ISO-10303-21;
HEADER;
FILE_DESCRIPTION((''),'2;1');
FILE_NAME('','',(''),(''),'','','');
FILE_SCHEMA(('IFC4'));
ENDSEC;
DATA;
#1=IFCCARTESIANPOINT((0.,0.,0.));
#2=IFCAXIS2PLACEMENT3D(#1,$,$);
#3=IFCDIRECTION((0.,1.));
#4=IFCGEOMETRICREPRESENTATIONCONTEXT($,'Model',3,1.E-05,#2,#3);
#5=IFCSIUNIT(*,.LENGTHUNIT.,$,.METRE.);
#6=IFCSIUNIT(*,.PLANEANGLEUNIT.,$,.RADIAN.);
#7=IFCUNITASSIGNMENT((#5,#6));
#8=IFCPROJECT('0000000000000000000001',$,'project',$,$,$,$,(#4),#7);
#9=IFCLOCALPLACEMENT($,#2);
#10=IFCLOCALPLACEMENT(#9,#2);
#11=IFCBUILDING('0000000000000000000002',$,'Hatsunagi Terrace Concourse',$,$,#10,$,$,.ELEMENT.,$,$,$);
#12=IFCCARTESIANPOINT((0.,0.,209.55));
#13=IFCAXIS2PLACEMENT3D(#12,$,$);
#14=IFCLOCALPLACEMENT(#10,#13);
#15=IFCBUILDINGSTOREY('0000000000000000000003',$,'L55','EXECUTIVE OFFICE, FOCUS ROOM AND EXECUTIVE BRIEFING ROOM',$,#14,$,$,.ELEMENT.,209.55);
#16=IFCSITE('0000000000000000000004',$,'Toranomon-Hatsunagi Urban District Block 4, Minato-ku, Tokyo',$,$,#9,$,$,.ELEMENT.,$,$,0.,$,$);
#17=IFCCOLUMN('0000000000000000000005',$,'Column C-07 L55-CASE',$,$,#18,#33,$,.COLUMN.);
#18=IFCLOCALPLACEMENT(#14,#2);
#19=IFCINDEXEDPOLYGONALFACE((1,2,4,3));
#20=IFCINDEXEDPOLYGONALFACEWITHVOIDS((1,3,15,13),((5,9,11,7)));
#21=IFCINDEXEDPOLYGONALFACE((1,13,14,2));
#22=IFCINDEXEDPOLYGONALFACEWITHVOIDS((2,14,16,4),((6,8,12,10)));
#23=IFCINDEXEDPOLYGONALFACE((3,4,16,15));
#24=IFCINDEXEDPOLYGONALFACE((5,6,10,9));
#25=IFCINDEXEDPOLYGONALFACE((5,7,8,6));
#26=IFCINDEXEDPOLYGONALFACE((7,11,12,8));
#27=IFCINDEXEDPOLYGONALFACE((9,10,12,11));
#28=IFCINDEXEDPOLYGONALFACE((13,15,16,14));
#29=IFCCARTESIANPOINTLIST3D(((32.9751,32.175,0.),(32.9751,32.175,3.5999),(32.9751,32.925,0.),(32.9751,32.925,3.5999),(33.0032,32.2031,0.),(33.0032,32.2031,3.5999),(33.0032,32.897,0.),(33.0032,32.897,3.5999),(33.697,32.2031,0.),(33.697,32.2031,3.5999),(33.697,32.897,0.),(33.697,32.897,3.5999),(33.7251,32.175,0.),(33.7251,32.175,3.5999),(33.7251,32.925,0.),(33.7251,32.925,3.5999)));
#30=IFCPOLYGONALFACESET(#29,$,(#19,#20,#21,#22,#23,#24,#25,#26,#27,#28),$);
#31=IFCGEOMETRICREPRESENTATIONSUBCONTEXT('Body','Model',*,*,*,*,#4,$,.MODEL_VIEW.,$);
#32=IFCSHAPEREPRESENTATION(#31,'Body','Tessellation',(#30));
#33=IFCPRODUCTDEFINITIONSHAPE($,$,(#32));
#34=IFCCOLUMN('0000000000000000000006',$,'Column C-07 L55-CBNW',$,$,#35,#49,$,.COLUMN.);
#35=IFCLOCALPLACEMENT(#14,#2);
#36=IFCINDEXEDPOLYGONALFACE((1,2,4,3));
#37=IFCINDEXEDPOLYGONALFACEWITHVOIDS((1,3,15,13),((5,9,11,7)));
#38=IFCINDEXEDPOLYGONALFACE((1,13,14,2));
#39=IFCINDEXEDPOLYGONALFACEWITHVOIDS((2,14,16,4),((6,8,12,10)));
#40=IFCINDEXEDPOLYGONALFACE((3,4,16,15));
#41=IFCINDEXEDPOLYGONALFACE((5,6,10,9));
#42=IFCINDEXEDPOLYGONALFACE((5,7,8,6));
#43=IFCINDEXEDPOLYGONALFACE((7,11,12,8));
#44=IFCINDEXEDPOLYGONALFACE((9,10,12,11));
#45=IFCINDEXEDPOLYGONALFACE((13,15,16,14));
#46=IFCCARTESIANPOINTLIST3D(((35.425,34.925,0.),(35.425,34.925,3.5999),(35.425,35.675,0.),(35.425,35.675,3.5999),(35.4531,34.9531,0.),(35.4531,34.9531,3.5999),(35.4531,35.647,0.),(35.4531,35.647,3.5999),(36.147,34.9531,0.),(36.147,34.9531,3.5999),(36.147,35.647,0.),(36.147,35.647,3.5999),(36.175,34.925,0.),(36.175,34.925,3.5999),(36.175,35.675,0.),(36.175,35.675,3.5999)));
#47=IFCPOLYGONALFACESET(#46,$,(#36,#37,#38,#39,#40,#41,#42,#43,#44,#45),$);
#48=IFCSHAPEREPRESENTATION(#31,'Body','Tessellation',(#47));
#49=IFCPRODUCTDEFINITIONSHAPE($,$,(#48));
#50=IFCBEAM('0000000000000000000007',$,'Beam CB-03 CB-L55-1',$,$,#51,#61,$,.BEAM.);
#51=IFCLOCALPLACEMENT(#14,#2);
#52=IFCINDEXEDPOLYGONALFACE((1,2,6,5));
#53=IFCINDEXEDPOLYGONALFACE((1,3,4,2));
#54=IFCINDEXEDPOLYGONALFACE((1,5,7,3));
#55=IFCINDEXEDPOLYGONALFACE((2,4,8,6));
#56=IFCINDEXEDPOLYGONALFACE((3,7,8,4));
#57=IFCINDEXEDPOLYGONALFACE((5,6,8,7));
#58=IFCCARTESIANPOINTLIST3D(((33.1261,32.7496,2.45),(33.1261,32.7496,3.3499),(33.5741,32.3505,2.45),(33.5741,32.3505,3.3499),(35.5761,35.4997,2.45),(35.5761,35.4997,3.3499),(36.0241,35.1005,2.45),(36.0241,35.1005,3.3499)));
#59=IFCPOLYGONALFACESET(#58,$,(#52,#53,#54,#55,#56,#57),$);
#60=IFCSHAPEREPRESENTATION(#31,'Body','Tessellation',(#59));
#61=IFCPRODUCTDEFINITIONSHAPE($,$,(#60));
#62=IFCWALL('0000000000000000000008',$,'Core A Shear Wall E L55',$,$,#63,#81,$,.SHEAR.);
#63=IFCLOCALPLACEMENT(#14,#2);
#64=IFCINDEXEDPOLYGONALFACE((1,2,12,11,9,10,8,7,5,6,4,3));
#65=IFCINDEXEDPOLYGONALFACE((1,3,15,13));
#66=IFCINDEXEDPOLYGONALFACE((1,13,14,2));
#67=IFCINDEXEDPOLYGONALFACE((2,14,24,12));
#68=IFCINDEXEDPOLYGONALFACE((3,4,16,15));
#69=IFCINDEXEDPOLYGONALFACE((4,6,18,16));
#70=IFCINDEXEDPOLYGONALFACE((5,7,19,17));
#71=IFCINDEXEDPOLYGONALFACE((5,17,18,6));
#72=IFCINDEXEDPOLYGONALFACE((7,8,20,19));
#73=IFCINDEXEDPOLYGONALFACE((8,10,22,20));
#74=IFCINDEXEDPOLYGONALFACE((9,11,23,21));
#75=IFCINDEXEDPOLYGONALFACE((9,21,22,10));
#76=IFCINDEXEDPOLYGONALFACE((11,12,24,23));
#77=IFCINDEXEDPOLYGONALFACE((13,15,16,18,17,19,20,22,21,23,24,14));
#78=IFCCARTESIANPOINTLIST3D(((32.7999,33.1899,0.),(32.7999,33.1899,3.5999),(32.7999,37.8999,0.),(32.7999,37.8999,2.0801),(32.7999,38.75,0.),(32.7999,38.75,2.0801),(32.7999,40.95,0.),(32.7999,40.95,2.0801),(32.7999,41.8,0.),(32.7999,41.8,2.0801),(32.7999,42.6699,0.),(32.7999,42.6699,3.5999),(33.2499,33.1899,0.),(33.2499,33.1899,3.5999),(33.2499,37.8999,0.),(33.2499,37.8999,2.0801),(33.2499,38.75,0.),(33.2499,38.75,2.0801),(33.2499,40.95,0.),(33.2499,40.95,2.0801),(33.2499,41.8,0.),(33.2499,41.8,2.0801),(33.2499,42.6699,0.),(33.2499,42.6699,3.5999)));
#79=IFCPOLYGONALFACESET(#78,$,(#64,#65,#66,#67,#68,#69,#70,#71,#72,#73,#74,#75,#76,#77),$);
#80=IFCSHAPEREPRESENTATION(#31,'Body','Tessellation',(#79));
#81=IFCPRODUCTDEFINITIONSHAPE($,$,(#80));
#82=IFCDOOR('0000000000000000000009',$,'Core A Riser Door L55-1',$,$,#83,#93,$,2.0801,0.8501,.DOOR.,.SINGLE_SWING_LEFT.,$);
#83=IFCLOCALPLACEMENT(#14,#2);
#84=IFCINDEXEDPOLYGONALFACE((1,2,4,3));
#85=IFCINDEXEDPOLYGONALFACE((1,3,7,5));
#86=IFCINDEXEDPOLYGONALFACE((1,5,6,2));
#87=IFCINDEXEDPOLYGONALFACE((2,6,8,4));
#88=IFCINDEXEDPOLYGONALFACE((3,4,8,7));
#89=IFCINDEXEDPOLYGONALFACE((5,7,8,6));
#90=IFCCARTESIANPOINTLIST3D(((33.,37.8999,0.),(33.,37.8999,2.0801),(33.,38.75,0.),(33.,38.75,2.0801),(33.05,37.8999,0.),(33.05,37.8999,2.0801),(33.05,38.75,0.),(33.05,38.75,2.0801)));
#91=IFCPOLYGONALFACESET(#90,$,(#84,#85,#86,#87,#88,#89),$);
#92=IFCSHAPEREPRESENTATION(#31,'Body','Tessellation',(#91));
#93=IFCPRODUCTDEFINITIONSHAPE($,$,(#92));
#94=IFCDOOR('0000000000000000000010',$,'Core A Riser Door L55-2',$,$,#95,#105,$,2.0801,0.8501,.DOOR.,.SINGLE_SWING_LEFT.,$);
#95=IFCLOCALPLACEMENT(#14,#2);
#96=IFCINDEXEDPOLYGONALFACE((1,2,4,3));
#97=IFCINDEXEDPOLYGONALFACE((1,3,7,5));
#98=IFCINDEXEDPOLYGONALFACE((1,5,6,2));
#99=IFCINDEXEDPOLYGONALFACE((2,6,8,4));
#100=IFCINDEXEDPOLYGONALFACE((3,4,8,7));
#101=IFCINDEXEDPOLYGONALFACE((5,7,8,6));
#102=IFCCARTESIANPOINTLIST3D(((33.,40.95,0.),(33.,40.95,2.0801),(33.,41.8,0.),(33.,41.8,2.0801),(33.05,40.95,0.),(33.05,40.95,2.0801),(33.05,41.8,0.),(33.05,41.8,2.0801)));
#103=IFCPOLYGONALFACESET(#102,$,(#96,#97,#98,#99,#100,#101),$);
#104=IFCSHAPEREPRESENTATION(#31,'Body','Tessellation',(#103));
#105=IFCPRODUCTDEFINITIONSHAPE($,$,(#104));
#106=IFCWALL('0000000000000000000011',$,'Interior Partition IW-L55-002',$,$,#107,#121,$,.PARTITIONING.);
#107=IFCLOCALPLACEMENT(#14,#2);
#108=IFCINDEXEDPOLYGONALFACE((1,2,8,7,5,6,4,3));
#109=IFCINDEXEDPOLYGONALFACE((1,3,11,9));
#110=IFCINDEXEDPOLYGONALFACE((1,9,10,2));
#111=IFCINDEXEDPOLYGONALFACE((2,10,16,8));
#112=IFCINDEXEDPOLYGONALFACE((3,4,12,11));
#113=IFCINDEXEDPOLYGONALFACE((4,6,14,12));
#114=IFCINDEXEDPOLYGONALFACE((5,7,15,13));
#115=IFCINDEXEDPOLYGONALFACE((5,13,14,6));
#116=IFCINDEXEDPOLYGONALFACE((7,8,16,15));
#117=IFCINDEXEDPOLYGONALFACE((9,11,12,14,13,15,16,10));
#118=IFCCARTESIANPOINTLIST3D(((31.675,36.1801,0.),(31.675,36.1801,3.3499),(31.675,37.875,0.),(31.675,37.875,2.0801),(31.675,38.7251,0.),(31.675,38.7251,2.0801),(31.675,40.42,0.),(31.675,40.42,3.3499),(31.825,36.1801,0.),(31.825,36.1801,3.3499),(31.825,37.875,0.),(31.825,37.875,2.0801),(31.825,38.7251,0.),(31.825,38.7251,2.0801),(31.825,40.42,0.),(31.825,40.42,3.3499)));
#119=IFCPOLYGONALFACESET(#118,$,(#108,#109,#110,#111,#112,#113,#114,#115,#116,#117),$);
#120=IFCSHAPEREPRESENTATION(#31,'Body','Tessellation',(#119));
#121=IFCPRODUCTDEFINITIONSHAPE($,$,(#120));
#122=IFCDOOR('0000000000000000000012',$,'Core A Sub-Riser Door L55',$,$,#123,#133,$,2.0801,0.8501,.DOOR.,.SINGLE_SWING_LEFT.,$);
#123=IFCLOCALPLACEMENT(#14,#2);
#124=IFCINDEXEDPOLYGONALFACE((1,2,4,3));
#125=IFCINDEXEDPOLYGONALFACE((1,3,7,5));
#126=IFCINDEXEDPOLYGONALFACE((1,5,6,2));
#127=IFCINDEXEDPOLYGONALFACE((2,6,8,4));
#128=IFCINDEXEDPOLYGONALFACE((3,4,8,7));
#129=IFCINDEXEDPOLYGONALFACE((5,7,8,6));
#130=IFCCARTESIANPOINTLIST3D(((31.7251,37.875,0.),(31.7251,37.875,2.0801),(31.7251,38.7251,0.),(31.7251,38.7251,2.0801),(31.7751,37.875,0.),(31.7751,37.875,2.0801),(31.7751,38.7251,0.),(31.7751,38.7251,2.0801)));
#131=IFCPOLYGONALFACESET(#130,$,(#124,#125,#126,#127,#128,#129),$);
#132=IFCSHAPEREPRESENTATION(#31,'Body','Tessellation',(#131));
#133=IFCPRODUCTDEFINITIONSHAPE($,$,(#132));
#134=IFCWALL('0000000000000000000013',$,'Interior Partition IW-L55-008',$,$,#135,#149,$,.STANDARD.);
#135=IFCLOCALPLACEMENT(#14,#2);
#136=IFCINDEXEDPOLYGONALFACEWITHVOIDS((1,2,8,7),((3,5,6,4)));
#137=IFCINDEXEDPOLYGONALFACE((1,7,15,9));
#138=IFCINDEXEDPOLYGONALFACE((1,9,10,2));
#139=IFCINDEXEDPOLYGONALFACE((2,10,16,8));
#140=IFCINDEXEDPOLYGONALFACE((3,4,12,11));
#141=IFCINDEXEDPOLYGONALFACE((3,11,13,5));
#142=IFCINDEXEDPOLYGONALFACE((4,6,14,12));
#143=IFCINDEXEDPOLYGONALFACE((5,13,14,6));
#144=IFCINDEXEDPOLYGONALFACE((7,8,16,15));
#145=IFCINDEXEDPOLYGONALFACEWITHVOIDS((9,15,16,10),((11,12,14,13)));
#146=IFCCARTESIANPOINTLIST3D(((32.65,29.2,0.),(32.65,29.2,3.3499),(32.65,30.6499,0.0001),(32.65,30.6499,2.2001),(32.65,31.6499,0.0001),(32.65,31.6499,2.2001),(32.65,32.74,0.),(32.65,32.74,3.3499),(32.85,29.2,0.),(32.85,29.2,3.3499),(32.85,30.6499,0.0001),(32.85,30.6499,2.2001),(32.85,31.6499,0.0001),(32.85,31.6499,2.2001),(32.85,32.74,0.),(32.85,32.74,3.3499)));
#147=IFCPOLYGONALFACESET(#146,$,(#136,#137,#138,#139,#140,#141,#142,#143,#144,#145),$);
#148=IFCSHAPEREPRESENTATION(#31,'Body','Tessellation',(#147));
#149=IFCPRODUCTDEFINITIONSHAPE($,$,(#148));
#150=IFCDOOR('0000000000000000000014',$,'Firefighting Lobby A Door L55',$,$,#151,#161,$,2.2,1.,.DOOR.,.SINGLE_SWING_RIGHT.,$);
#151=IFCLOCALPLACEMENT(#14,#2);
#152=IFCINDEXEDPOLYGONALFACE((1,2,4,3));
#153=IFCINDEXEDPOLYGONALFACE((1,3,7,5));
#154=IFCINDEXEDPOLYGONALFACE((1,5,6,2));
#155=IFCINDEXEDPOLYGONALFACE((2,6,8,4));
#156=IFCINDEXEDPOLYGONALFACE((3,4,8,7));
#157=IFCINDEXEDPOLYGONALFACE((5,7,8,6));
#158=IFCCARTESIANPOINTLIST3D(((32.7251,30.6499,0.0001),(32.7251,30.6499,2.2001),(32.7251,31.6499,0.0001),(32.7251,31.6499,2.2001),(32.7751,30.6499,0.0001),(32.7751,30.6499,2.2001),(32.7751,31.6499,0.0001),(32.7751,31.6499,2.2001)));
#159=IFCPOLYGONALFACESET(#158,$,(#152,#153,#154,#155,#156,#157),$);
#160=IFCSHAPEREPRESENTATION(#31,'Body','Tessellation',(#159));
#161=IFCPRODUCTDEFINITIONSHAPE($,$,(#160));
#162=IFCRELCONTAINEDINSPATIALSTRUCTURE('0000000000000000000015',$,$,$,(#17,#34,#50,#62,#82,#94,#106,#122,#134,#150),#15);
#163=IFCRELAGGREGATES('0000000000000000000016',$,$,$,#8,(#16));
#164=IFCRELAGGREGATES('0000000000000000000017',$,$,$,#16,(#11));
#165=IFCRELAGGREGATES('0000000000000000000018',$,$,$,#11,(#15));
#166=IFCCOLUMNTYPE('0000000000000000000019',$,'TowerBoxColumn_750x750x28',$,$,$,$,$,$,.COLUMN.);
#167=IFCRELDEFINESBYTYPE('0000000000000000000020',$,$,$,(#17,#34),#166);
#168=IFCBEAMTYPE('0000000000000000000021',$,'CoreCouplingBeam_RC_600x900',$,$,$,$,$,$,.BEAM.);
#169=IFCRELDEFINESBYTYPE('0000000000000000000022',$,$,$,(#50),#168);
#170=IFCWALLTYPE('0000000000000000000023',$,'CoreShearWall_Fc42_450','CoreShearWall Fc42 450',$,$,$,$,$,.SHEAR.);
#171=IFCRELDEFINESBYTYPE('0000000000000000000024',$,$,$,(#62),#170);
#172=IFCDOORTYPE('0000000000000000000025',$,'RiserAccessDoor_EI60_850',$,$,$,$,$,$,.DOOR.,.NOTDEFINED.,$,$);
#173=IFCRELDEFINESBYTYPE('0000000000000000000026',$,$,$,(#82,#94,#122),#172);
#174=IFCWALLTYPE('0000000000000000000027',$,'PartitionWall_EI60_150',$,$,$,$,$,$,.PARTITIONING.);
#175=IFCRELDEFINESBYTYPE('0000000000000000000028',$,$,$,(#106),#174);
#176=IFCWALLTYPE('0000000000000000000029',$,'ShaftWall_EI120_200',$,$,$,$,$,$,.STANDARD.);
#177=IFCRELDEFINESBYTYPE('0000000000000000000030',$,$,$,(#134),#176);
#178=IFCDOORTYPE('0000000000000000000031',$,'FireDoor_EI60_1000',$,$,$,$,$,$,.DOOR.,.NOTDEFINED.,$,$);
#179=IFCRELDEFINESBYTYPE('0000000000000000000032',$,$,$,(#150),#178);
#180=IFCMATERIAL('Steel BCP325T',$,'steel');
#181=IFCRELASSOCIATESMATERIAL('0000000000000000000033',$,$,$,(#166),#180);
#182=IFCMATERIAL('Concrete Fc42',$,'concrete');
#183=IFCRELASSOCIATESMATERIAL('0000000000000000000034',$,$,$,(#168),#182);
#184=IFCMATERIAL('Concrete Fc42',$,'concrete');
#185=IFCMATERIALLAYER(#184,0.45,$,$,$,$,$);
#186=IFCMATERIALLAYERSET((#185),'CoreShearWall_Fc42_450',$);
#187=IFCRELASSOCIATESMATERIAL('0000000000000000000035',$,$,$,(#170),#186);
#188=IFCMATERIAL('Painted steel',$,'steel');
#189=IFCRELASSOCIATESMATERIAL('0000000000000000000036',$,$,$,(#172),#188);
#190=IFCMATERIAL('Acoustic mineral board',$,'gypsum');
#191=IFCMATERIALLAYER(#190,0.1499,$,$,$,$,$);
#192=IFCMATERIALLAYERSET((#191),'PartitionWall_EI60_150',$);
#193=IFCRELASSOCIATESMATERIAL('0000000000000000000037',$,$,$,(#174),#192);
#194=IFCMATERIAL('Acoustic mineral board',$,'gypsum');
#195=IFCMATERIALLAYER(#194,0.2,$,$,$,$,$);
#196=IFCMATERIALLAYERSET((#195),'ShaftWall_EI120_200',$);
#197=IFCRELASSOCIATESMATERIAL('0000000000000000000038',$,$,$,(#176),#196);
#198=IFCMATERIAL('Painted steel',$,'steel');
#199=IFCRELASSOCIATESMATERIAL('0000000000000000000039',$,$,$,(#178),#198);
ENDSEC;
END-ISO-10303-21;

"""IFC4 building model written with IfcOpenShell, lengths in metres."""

from ifc_helpers import new_model, si_unit, direction, frame, frame_2d, origin, origin_2d, place, context, subcontext, project, spatial, rectangle, hollow_rectangle, extrude, material, layer, layer_set, material_profile, profile_set, type_object, element, fill, save


model = new_model("IFC4")

# Units and contexts
model_context = context("Model", 3, precision=1e-05, world=origin(), true_north=direction((0.0, 1.0)))
body_context = subcontext(model_context, "Body", "Model", "MODEL_VIEW")
ifc_project = project(units=[si_unit("LENGTHUNIT", "METRE"), si_unit("PLANEANGLEUNIT", "RADIAN")], contexts=[model_context])

# Site, building, storey
site_placement = place(None, origin())
site = spatial("IfcSite", under=ifc_project, at=site_placement, Name="Toranomon-Hatsunagi Urban District Block 4, Minato-ku, Tokyo", CompositionType="ELEMENT", RefElevation=0.0)
building_placement = place(site_placement, origin())
building = spatial("IfcBuilding", under=site, at=building_placement, Name="Hatsunagi Terrace Concourse", CompositionType="ELEMENT")
storey_placement = place(building_placement, frame((0.0, 0.0, 209.55)))
storey = spatial("IfcBuildingStorey", under=building, at=storey_placement, Name="L55", Description="EXECUTIVE OFFICE, FOCUS ROOM AND EXECUTIVE BRIEFING ROOM", CompositionType="ELEMENT", Elevation=209.55)

# Columns
ifc_material_1 = material(Name="Steel BCP325T", Category="steel")
ifc_material_profile_1 = material_profile(ifc_material_1, hollow_rectangle(XDim=0.75, YDim=0.75, WallThickness=0.0281, at=origin_2d()), Name="BCP-750x750x28")
ifc_profile_set_1 = profile_set([ifc_material_profile_1], Name="Steel BCP325T")
column_type = type_object("IfcColumnType", Name="TowerBoxColumn_750x750x28", PredefinedType="COLUMN", material=ifc_profile_set_1)
for number, where, z_axis, x_axis, name in (
    (1, (33.3501, 32.55, 0.0), (0.0, 0.0, 1.0), (1.0, 0.0, 0.0), "Column C-07 L55-CASE"),
    (2, (35.8, 35.3, 0.0), (0.0, 0.0, 1.0), (1.0, 0.0, 0.0), "Column C-07 L55-CBNW"),
):
    element("IfcColumn", number, at=place(storey_placement, frame(where, z_axis=z_axis, x_axis=x_axis)), inside=storey, type_object=column_type, Name=name, PredefinedType="COLUMN", context=body_context, shape_type="SweptSolid", body=[
        extrude(hollow_rectangle(XDim=0.75, YDim=0.75, WallThickness=0.0281, at=origin_2d()), origin(), (0.0, 0.0, 1.0), 3.5999),
    ])

# Beam
ifc_material_2 = material(Name="Concrete Fc42", Category="concrete")
ifc_material_profile_2 = material_profile(ifc_material_2, rectangle(XDim=0.6001, YDim=0.8999, at=origin_2d()), Name="RC-600x900")
ifc_profile_set_2 = profile_set([ifc_material_profile_2], Name="Concrete Fc42")
beam_type = type_object("IfcBeamType", Name="CoreCouplingBeam_RC_600x900", PredefinedType="BEAM", material=ifc_profile_set_2)
beam_placement = place(storey_placement, frame((33.3501, 32.55, 2.8999), z_axis=(0.665199, 0.746666, 0.0), x_axis=(-0.746666, 0.665199, 0.0)))
element("IfcBeam", 3, at=beam_placement, inside=storey, type_object=beam_type, Name="Beam CB-03 CB-L55-1", PredefinedType="BEAM", context=body_context, shape_type="SweptSolid", body=[
    extrude(rectangle(XDim=0.6001, YDim=0.8999, at=origin_2d()), origin(), (0.0, 0.0, 1.0), 3.6831),
])

# Wall, openings, doors
ifc_material_3 = material(Name="Concrete Fc42", Category="concrete")
ifc_layer_1 = layer(ifc_material_3, 0.45)
ifc_layer_set_1 = layer_set([ifc_layer_1], Name="CoreShearWall_Fc42_450")
wall_type_1 = type_object("IfcWallType", Name="CoreShearWall_Fc42_450", Description="CoreShearWall Fc42 450", PredefinedType="SHEAR", material=ifc_layer_set_1)
wall_1_placement = place(storey_placement, frame((33.0249, 33.1899, 0.0), z_axis=(0.0, 0.0, 1.0), x_axis=(0.0, 1.0, 0.0)))
wall_1 = element("IfcWall", 4, at=wall_1_placement, inside=storey, type_object=wall_type_1, Name="Core A Shear Wall E L55", PredefinedType="SHEAR", context=body_context, shape_type="SweptSolid", body=[
    extrude(rectangle(XDim=9.48, YDim=0.45, at=frame_2d((4.74, 0.0))), origin(), (0.0, 0.0, 1.0), 3.5999),
])
opening_1_placement = place(wall_1_placement, frame((4.71, 0.0, 0.0)))
opening_1 = element("IfcOpeningElement", 5, at=opening_1_placement, cuts=wall_1, PredefinedType="OPENING", context=body_context, shape_type="SweptSolid", body=[
    extrude(rectangle(XDim=0.8501, YDim=2.0801, at=frame_2d((0.425, 1.04))), frame((0.0, 0.2349, 0.0), z_axis=(0.0, -1.0, 0.0), x_axis=(1.0, 0.0, 0.0)), (0.0, 0.0, 1.0), 0.47),
])
opening_2_placement = place(wall_1_placement, frame((7.76, 0.0, 0.0)))
opening_2 = element("IfcOpeningElement", 6, at=opening_2_placement, cuts=wall_1, PredefinedType="OPENING", context=body_context, shape_type="SweptSolid", body=[
    extrude(rectangle(XDim=0.8501, YDim=2.0801, at=frame_2d((0.425, 1.04))), frame((0.0, 0.2349, 0.0), z_axis=(0.0, -1.0, 0.0), x_axis=(1.0, 0.0, 0.0)), (0.0, 0.0, 1.0), 0.47),
])
ifc_material_4 = material(Name="Painted steel", Category="steel")
door_type_1 = type_object("IfcDoorType", Name="RiserAccessDoor_EI60_850", OperationType="NOTDEFINED", PredefinedType="DOOR", material=ifc_material_4)
door_1_placement = place(opening_1_placement, origin())
door_1 = element("IfcDoor", 7, at=door_1_placement, inside=storey, type_object=door_type_1, Name="Core A Riser Door L55-1", OperationType="SINGLE_SWING_LEFT", OverallHeight=2.0801, OverallWidth=0.8501, PredefinedType="DOOR", context=body_context, shape_type="SweptSolid", body=[
    extrude(rectangle(XDim=0.8501, YDim=2.0801, at=frame_2d((0.425, 1.04))), frame((0.0, 0.0249, 0.0), z_axis=(0.0, -1.0, 0.0), x_axis=(1.0, 0.0, 0.0)), (0.0, 0.0, 1.0), 0.05),
])
fill(opening_1, door_1)
door_2_placement = place(opening_2_placement, origin())
door_2 = element("IfcDoor", 8, at=door_2_placement, inside=storey, type_object=door_type_1, Name="Core A Riser Door L55-2", OperationType="SINGLE_SWING_LEFT", OverallHeight=2.0801, OverallWidth=0.8501, PredefinedType="DOOR", context=body_context, shape_type="SweptSolid", body=[
    extrude(rectangle(XDim=0.8501, YDim=2.0801, at=frame_2d((0.425, 1.04))), frame((0.0, 0.0249, 0.0), z_axis=(0.0, -1.0, 0.0), x_axis=(1.0, 0.0, 0.0)), (0.0, 0.0, 1.0), 0.05),
])
fill(opening_2, door_2)

# Walls, openings, doors
ifc_material_5 = material(Name="Acoustic mineral board", Category="gypsum")
ifc_layer_2 = layer(ifc_material_5, 0.1499)
ifc_layer_set_2 = layer_set([ifc_layer_2], Name="PartitionWall_EI60_150")
wall_type_2 = type_object("IfcWallType", Name="PartitionWall_EI60_150", PredefinedType="PARTITIONING", material=ifc_layer_set_2)
wall_2_placement = place(storey_placement, frame((31.75, 36.1799, 0.0), z_axis=(0.0, 0.0, 1.0), x_axis=(0.0, 1.0, 0.0)))
wall_2 = element("IfcWall", 9, at=wall_2_placement, inside=storey, type_object=wall_type_2, Name="Interior Partition IW-L55-002", PredefinedType="PARTITIONING", context=body_context, shape_type="SweptSolid", body=[
    extrude(rectangle(XDim=4.24, YDim=0.1499, at=frame_2d((2.1201, 0.0))), origin(), (0.0, 0.0, 1.0), 3.3499),
])
opening_3_placement = place(wall_2_placement, frame((1.6951, 0.0, 0.0)))
opening_3 = element("IfcOpeningElement", 10, at=opening_3_placement, cuts=wall_2, PredefinedType="OPENING", context=body_context, shape_type="SweptSolid", body=[
    extrude(rectangle(XDim=0.8501, YDim=2.0801, at=frame_2d((0.425, 1.04))), frame((0.0, 0.085, 0.0), z_axis=(0.0, -1.0, 0.0), x_axis=(1.0, 0.0, 0.0)), (0.0, 0.0, 1.0), 0.1699),
])
door_3_placement = place(opening_3_placement, origin())
door_3 = element("IfcDoor", 11, at=door_3_placement, inside=storey, type_object=door_type_1, Name="Core A Sub-Riser Door L55", OperationType="SINGLE_SWING_LEFT", OverallHeight=2.0801, OverallWidth=0.8501, PredefinedType="DOOR", context=body_context, shape_type="SweptSolid", body=[
    extrude(rectangle(XDim=0.8501, YDim=2.0801, at=frame_2d((0.425, 1.04))), frame((0.0, 0.0249, 0.0), z_axis=(0.0, -1.0, 0.0), x_axis=(1.0, 0.0, 0.0)), (0.0, 0.0, 1.0), 0.05),
])
fill(opening_3, door_3)
ifc_material_6 = material(Name="Acoustic mineral board", Category="gypsum")
ifc_layer_3 = layer(ifc_material_6, 0.2)
ifc_layer_set_3 = layer_set([ifc_layer_3], Name="ShaftWall_EI120_200")
wall_type_3 = type_object("IfcWallType", Name="ShaftWall_EI120_200", PredefinedType="STANDARD", material=ifc_layer_set_3)
wall_3_placement = place(storey_placement, frame((32.75, 29.2, 0.0), z_axis=(0.0, 0.0, 1.0), x_axis=(0.0, 1.0, 0.0)))
wall_3 = element("IfcWall", 12, at=wall_3_placement, inside=storey, type_object=wall_type_3, Name="Interior Partition IW-L55-008", PredefinedType="STANDARD", context=body_context, shape_type="SweptSolid", body=[
    extrude(rectangle(XDim=3.54, YDim=0.2, at=frame_2d((1.77, 0.0))), origin(), (0.0, 0.0, 1.0), 3.3499),
])
opening_4_placement = place(wall_3_placement, frame((1.45, 0.0, 0.0)))
opening_4 = element("IfcOpeningElement", 13, at=opening_4_placement, cuts=wall_3, PredefinedType="OPENING", context=body_context, shape_type="SweptSolid", body=[
    extrude(rectangle(XDim=1.0, YDim=2.2, at=frame_2d((0.5, 1.1001))), frame((0.0, 0.1099, 0.0), z_axis=(0.0, -1.0, 0.0), x_axis=(1.0, 0.0, 0.0)), (0.0, 0.0, 1.0), 0.22),
])
ifc_material_7 = material(Name="Painted steel", Category="steel")
door_type_2 = type_object("IfcDoorType", Name="FireDoor_EI60_1000", OperationType="NOTDEFINED", PredefinedType="DOOR", material=ifc_material_7)
door_4_placement = place(opening_4_placement, origin())
door_4 = element("IfcDoor", 14, at=door_4_placement, inside=storey, type_object=door_type_2, Name="Firefighting Lobby A Door L55", OperationType="SINGLE_SWING_RIGHT", OverallHeight=2.2, OverallWidth=1.0, PredefinedType="DOOR", context=body_context, shape_type="SweptSolid", body=[
    extrude(rectangle(XDim=1.0, YDim=2.2, at=frame_2d((0.5, 1.1001))), frame((0.0, 0.0249, 0.0), z_axis=(0.0, -1.0, 0.0), x_axis=(1.0, 0.0, 0.0)), (0.0, 0.0, 1.0), 0.05),
])
fill(opening_4, door_4)

save(model, "model.ifc")
